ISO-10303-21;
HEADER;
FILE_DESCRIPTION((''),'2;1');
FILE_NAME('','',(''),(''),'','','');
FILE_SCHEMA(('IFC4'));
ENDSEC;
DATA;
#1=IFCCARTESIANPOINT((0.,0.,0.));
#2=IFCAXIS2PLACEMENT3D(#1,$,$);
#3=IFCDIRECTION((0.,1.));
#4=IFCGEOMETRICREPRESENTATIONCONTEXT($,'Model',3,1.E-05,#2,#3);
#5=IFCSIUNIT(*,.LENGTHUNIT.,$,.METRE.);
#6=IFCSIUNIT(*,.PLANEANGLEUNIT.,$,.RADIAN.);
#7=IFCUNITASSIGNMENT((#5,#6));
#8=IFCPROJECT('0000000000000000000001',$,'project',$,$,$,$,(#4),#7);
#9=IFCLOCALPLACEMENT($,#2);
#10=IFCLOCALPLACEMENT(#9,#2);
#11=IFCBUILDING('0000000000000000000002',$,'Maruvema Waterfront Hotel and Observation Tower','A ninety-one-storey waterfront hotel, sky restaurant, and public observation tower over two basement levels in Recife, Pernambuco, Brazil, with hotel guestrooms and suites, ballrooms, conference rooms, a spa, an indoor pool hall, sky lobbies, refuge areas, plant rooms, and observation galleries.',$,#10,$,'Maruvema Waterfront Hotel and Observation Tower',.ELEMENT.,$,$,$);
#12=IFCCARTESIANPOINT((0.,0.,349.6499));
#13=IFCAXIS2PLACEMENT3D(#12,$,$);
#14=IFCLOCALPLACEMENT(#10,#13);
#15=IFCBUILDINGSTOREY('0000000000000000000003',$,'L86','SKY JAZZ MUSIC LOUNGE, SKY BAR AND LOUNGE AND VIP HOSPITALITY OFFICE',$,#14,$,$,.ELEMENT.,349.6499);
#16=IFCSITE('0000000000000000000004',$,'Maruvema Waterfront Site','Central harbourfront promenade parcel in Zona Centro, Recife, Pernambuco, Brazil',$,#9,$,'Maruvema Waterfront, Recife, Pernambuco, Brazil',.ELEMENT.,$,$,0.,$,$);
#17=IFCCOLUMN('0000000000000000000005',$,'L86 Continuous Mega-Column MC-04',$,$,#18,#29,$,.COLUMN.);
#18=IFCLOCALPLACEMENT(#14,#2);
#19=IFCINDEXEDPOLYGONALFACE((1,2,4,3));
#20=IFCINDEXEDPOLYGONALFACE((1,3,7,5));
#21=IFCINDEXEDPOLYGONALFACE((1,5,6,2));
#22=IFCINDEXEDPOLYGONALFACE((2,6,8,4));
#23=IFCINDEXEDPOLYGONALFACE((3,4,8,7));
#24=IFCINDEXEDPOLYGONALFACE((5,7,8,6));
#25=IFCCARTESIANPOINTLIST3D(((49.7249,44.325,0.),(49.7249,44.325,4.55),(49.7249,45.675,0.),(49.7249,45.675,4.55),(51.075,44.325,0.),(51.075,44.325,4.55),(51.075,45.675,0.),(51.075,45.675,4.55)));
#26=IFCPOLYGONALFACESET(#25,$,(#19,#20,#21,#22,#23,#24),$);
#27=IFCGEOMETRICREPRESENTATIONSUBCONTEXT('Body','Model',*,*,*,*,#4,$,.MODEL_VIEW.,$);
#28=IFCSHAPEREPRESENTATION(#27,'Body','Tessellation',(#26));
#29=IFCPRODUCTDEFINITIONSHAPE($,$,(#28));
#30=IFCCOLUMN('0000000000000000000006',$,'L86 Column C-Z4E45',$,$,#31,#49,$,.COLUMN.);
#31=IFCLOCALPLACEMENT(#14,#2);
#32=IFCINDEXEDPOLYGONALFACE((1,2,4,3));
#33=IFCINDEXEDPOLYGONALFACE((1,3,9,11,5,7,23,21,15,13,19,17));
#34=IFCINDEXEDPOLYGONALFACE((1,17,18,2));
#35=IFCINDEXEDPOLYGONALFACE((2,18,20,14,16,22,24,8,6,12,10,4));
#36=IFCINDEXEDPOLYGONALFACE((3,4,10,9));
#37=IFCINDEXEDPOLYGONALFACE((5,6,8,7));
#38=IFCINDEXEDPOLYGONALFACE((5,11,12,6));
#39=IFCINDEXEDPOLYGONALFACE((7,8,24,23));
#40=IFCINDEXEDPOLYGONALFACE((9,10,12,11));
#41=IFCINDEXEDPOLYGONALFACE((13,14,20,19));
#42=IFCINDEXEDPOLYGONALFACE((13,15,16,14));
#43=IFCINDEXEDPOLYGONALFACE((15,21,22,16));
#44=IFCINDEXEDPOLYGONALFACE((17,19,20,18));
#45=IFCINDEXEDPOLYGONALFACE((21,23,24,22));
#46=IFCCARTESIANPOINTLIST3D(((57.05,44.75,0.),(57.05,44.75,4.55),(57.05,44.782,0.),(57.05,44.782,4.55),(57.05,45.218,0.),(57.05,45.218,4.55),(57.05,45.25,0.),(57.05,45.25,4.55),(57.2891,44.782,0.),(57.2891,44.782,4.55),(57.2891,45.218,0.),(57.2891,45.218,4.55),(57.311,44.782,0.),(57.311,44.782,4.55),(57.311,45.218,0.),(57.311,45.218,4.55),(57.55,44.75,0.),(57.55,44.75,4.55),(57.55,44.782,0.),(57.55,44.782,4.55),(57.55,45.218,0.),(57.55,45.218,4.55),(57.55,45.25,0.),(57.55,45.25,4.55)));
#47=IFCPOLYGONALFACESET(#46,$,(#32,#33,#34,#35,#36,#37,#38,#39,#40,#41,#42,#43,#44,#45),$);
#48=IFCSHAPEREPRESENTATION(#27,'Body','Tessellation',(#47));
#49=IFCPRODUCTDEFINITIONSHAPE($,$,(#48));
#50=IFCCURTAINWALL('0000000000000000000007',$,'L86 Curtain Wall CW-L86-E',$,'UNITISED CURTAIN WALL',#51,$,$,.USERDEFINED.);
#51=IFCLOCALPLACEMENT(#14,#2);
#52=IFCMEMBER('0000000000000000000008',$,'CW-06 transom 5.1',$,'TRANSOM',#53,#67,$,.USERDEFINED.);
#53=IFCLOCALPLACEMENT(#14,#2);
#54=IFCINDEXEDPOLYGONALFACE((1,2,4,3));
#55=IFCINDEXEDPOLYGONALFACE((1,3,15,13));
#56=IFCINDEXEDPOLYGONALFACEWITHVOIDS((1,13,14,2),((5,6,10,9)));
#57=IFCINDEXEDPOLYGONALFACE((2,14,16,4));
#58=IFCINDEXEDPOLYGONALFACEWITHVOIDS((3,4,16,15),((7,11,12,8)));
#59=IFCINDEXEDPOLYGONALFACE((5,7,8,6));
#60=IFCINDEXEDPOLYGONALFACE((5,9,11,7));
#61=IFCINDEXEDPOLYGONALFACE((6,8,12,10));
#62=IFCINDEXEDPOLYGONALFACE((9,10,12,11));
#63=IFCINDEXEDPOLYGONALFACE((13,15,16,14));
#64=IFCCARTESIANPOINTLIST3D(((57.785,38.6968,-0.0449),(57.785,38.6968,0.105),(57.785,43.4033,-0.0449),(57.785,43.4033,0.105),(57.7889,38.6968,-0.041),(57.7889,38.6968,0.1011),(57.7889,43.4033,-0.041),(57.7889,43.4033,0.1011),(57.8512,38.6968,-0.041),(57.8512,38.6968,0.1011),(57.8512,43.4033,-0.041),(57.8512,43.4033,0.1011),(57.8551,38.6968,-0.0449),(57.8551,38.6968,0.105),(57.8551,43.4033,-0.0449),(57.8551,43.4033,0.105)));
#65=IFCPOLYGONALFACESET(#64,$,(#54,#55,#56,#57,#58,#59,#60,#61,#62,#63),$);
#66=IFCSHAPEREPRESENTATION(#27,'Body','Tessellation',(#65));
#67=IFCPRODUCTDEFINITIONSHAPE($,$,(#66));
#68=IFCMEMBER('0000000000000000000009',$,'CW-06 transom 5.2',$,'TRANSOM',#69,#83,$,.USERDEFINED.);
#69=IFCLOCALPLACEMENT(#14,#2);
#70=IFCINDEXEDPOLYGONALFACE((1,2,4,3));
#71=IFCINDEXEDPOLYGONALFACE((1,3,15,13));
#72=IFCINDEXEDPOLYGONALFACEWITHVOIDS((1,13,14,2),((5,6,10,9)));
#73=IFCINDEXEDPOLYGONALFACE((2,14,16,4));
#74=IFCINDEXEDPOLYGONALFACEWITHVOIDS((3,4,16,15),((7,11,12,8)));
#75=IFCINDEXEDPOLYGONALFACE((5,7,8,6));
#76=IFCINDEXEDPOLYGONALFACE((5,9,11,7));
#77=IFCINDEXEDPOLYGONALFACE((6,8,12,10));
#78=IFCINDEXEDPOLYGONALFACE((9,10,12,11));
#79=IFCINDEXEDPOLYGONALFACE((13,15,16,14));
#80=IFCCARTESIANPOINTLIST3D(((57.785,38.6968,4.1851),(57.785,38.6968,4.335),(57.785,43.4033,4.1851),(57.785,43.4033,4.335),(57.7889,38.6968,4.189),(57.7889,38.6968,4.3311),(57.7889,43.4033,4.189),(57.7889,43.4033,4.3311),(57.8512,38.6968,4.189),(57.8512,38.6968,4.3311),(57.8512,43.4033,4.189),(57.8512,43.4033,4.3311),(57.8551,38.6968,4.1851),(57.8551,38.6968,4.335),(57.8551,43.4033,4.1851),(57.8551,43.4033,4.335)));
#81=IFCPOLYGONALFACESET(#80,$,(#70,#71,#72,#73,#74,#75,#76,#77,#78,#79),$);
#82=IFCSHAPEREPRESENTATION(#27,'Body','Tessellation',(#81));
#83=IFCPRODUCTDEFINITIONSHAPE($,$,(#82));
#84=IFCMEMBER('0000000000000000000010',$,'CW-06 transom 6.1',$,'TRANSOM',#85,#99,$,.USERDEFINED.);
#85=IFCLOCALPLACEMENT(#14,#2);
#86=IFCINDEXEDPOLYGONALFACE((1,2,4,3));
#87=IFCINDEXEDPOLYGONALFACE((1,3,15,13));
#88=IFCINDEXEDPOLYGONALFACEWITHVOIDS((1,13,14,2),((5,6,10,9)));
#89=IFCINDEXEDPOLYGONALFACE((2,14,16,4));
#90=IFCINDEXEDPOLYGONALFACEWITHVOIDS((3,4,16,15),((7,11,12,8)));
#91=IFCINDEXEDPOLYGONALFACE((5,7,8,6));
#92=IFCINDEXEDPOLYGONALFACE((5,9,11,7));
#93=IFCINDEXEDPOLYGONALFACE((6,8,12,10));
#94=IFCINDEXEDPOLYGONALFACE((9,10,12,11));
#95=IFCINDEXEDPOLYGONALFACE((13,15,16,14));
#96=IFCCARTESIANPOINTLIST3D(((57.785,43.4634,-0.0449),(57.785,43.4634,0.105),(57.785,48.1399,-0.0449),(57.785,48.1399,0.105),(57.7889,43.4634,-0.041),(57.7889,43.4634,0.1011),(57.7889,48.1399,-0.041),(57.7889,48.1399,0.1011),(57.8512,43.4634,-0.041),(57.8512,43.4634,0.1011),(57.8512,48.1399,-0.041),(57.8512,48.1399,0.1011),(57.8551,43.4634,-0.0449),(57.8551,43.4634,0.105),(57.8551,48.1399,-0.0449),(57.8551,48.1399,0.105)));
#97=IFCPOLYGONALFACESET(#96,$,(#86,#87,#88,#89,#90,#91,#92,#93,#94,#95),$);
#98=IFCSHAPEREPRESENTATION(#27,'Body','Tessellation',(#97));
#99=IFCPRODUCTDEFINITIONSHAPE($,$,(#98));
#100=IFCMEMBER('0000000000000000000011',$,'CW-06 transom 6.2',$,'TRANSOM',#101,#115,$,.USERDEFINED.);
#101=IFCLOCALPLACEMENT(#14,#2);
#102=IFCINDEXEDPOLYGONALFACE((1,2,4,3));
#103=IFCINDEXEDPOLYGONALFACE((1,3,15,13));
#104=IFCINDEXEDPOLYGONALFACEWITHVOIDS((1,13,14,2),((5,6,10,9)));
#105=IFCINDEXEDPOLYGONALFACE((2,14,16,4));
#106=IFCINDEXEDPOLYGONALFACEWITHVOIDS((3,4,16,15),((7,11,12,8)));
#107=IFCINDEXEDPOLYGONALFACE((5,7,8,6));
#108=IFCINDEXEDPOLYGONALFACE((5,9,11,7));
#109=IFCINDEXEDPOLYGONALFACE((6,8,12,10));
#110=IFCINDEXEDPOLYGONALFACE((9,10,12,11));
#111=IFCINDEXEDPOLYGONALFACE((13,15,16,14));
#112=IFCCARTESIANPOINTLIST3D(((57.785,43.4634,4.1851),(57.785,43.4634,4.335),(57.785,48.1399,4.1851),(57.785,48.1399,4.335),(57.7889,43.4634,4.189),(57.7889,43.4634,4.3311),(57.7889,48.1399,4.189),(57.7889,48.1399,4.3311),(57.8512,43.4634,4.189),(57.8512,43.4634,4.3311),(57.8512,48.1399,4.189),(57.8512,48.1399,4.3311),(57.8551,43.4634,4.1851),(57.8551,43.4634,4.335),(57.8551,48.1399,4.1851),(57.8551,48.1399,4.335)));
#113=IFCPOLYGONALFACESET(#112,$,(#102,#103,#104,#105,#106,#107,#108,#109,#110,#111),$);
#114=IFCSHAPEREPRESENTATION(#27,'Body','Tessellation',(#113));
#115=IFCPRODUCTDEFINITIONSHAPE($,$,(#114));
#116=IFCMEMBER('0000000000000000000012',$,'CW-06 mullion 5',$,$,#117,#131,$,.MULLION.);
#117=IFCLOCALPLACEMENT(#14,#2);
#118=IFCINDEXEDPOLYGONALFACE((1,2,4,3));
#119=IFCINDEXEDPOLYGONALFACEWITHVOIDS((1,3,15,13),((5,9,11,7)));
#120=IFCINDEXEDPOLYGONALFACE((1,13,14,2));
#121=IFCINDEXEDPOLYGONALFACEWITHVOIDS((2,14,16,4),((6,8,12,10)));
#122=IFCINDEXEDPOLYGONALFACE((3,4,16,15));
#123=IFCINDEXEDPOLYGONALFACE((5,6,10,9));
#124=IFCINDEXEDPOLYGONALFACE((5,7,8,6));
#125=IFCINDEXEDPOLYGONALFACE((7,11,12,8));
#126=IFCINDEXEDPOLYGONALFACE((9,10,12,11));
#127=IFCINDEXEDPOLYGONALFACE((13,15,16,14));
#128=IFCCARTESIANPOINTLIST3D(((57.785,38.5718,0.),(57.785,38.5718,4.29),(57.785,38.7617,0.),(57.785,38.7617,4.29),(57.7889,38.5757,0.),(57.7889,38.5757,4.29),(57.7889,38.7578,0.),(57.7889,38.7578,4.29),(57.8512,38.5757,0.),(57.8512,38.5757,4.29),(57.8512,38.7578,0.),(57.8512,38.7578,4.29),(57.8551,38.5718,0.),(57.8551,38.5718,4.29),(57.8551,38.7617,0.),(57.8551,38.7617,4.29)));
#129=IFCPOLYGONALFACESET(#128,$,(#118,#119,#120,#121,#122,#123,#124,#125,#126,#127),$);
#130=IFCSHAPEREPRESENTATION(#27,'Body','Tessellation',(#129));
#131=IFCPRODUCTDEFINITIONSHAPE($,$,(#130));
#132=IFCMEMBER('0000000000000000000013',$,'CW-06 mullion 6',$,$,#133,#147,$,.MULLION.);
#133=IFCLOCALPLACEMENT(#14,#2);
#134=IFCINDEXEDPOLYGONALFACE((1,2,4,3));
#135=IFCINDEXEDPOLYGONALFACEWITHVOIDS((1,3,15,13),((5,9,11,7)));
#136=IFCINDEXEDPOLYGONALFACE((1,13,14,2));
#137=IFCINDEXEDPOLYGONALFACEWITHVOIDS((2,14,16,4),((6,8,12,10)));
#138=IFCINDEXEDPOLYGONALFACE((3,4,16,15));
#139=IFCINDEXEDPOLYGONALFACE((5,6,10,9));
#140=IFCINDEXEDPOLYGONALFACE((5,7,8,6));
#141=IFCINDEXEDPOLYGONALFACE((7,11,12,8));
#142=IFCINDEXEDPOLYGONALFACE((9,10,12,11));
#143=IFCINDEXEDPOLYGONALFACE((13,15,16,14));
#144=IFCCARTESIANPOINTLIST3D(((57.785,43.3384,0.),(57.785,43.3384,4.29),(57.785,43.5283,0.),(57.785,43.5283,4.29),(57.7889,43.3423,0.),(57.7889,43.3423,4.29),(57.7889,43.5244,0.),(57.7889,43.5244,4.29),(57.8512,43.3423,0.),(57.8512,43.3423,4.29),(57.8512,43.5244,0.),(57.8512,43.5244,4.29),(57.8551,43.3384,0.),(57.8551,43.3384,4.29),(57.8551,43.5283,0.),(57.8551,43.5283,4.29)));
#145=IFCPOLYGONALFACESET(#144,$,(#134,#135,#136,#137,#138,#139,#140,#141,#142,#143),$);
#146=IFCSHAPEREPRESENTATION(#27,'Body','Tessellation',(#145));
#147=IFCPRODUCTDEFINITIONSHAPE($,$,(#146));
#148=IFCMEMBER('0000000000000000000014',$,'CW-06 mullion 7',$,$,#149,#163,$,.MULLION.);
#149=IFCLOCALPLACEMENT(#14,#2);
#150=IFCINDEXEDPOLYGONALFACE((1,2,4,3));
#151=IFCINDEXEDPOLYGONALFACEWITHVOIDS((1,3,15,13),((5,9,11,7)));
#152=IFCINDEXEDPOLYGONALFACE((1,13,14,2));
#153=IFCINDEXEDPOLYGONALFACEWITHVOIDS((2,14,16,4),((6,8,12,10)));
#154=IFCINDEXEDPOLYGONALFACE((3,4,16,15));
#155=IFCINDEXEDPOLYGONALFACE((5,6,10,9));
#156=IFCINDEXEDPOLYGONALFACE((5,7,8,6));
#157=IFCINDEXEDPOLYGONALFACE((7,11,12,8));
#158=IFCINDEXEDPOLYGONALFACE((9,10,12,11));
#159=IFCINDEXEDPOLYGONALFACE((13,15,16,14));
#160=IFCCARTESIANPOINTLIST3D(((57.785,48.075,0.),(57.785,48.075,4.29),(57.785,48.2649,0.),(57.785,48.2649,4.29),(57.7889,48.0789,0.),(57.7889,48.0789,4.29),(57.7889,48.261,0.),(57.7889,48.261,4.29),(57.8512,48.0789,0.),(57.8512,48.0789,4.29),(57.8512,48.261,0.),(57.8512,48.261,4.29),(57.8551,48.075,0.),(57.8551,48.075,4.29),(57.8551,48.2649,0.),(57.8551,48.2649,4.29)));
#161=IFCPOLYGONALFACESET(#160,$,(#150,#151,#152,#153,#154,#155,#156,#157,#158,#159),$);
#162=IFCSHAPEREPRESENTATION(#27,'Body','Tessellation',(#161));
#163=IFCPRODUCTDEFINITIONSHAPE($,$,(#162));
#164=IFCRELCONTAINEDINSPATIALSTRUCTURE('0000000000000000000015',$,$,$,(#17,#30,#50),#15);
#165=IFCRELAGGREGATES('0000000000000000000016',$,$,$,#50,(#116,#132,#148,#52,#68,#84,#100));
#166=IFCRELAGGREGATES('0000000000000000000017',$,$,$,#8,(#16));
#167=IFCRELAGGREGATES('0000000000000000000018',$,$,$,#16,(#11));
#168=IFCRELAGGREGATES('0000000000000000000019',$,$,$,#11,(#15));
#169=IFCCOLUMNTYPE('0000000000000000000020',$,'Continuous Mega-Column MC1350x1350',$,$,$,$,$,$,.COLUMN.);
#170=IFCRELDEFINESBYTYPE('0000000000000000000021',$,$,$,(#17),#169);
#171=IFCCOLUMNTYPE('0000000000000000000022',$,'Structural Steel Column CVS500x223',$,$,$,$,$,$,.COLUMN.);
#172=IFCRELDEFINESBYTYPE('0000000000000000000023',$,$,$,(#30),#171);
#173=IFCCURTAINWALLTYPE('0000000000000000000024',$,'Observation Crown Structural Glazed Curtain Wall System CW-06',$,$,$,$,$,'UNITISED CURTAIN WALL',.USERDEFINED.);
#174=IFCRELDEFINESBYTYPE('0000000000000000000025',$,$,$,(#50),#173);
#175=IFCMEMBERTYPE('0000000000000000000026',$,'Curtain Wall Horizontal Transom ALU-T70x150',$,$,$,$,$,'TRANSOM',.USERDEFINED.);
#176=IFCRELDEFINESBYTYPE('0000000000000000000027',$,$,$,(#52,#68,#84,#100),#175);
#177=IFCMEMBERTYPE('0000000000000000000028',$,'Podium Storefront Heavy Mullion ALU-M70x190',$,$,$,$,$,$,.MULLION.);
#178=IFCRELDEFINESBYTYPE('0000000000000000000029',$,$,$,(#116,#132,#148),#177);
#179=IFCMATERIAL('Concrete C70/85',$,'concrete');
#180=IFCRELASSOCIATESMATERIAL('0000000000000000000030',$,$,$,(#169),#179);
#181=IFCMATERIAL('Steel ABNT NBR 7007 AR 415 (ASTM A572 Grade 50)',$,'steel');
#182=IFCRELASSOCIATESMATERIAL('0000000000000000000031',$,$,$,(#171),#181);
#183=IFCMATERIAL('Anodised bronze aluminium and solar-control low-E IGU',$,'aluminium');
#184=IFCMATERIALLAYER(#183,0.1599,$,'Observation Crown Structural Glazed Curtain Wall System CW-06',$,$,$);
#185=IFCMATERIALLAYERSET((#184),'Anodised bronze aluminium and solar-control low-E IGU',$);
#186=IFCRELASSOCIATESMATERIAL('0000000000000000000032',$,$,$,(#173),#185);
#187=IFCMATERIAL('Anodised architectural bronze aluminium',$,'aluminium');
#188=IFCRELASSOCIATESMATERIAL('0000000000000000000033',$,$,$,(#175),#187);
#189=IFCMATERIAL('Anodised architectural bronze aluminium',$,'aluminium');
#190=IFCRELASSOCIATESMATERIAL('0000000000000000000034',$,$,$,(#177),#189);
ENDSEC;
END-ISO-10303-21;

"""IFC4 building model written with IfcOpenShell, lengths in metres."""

from ifc_helpers import new_model, si_unit, direction, frame, origin, origin_2d, place, context, subcontext, project, spatial, rectangle, hollow_rectangle, i_section, extrude, material, layer, layer_set, material_profile, profile_set, type_object, element, aggregate, save


model = new_model("IFC4")

# Units and contexts
model_context = context("Model", 3, precision=1e-05, world=origin(), true_north=direction((0.0, 1.0)))
body_context = subcontext(model_context, "Body", "Model", "MODEL_VIEW")
ifc_project = project(units=[si_unit("LENGTHUNIT", "METRE"), si_unit("PLANEANGLEUNIT", "RADIAN")], contexts=[model_context])

# Site, building, storey
site_placement = place(None, origin())
site = spatial("IfcSite", under=ifc_project, at=site_placement, Name="Maruvema Waterfront Site", Description="Central harbourfront promenade parcel in Zona Centro, Recife, Pernambuco, Brazil", LongName="Maruvema Waterfront, Recife, Pernambuco, Brazil", CompositionType="ELEMENT", RefElevation=0.0)
building_placement = place(site_placement, origin())
building = spatial("IfcBuilding", under=site, at=building_placement, Name="Maruvema Waterfront Hotel and Observation Tower", Description="A ninety-one-storey waterfront hotel, sky restaurant, and public observation tower over two basement levels in Recife, Pernambuco, Brazil, with hotel guestrooms and suites, ballrooms, conference rooms, a spa, an indoor pool hall, sky lobbies, refuge areas, plant rooms, and observation galleries.", LongName="Maruvema Waterfront Hotel and Observation Tower", CompositionType="ELEMENT")
storey_placement = place(building_placement, frame((0.0, 0.0, 349.6499)))
storey = spatial("IfcBuildingStorey", under=building, at=storey_placement, Name="L86", Description="SKY JAZZ MUSIC LOUNGE, SKY BAR AND LOUNGE AND VIP HOSPITALITY OFFICE", CompositionType="ELEMENT", Elevation=349.6499)

# Columns
ifc_material_1 = material(Name="Concrete C70/85", Category="concrete")
ifc_material_profile_1 = material_profile(ifc_material_1, rectangle(XDim=1.3501, YDim=1.3501, at=origin_2d()), Name="MC1350x1350")
ifc_profile_set_1 = profile_set([ifc_material_profile_1], Name="Concrete C70/85")
column_type_1 = type_object("IfcColumnType", Name="Continuous Mega-Column MC1350x1350", PredefinedType="COLUMN", material=ifc_profile_set_1)
column_1_placement = place(storey_placement, frame((50.3999, 45.0, 0.0), z_axis=(0.0, 0.0, 1.0), x_axis=(1.0, 0.0, 0.0)))
element("IfcColumn", 1, at=column_1_placement, inside=storey, type_object=column_type_1, Name="L86 Continuous Mega-Column MC-04", PredefinedType="COLUMN", context=body_context, shape_type="SweptSolid", body=[
    extrude(rectangle(XDim=1.3501, YDim=1.3501, at=origin_2d()), origin(), (0.0, 0.0, 1.0), 4.55),
])
ifc_material_2 = material(Name="Steel ABNT NBR 7007 AR 415 (ASTM A572 Grade 50)", Category="steel")
ifc_material_profile_2 = material_profile(ifc_material_2, i_section(OverallWidth=0.5, OverallDepth=0.5, WebThickness=0.022, FlangeThickness=0.032, at=origin_2d()), Name="CVS500x223")
ifc_profile_set_2 = profile_set([ifc_material_profile_2], Name="Steel ABNT NBR 7007 AR 415 (ASTM A572 Grade 50)")
column_type_2 = type_object("IfcColumnType", Name="Structural Steel Column CVS500x223", PredefinedType="COLUMN", material=ifc_profile_set_2)
column_2_placement = place(storey_placement, frame((57.3, 45.0, 0.0), z_axis=(0.0, 0.0, 1.0), x_axis=(1.0, 0.0, 0.0)))
element("IfcColumn", 2, at=column_2_placement, inside=storey, type_object=column_type_2, Name="L86 Column C-Z4E45", PredefinedType="COLUMN", context=body_context, shape_type="SweptSolid", body=[
    extrude(i_section(OverallWidth=0.5, OverallDepth=0.5, WebThickness=0.022, FlangeThickness=0.032, at=origin_2d()), origin(), (0.0, 0.0, 1.0), 4.55),
])

# Curtain wall, members
ifc_material_3 = material(Name="Anodised bronze aluminium and solar-control low-E IGU", Category="aluminium")
ifc_layer_1 = layer(ifc_material_3, 0.1599, Name="Observation Crown Structural Glazed Curtain Wall System CW-06")
ifc_layer_set_1 = layer_set([ifc_layer_1], Name="Anodised bronze aluminium and solar-control low-E IGU")
curtain_wall_type = type_object("IfcCurtainWallType", Name="Observation Crown Structural Glazed Curtain Wall System CW-06", ElementType="UNITISED CURTAIN WALL", PredefinedType="USERDEFINED", material=ifc_layer_set_1)
curtain_wall_placement = place(storey_placement, origin())
curtain_wall = element("IfcCurtainWall", 3, at=curtain_wall_placement, inside=storey, type_object=curtain_wall_type, Name="L86 Curtain Wall CW-L86-E", ObjectType="UNITISED CURTAIN WALL", PredefinedType="USERDEFINED")
ifc_material_4 = material(Name="Anodised architectural bronze aluminium", Category="aluminium")
ifc_material_profile_3 = material_profile(ifc_material_4, hollow_rectangle(XDim=0.0701, YDim=0.1499, WallThickness=0.0039, at=origin_2d()), Name="ALU-T70x150")
ifc_profile_set_3 = profile_set([ifc_material_profile_3], Name="Anodised architectural bronze aluminium")
member_type_1 = type_object("IfcMemberType", Name="Curtain Wall Horizontal Transom ALU-T70x150", ElementType="TRANSOM", PredefinedType="USERDEFINED", material=ifc_profile_set_3)
member_1_placement = place(storey_placement, frame((57.8201, 38.6968, 0.03), z_axis=(0.0, 1.0, 0.0), x_axis=(-1.0, 0.0, 0.0)))
member_1 = element("IfcMember", 4, at=member_1_placement, type_object=member_type_1, Name="CW-06 transom 5.1", ObjectType="TRANSOM", PredefinedType="USERDEFINED", context=body_context, shape_type="SweptSolid", body=[
    extrude(hollow_rectangle(XDim=0.0701, YDim=0.1499, WallThickness=0.0039, at=origin_2d()), origin(), (0.0, 0.0, 1.0), 4.7065),
])
member_2_placement = place(storey_placement, frame((57.8201, 38.6968, 4.26), z_axis=(0.0, 1.0, 0.0), x_axis=(-1.0, 0.0, 0.0)))
member_2 = element("IfcMember", 5, at=member_2_placement, type_object=member_type_1, Name="CW-06 transom 5.2", ObjectType="TRANSOM", PredefinedType="USERDEFINED", context=body_context, shape_type="SweptSolid", body=[
    extrude(hollow_rectangle(XDim=0.0701, YDim=0.1499, WallThickness=0.0039, at=origin_2d()), origin(), (0.0, 0.0, 1.0), 4.7065),
])
member_3_placement = place(storey_placement, frame((57.8201, 43.4634, 0.03), z_axis=(0.0, 1.0, 0.0), x_axis=(-1.0, 0.0, 0.0)))
member_3 = element("IfcMember", 6, at=member_3_placement, type_object=member_type_1, Name="CW-06 transom 6.1", ObjectType="TRANSOM", PredefinedType="USERDEFINED", context=body_context, shape_type="SweptSolid", body=[
    extrude(hollow_rectangle(XDim=0.0701, YDim=0.1499, WallThickness=0.0039, at=origin_2d()), origin(), (0.0, 0.0, 1.0), 4.6765),
])
member_4_placement = place(storey_placement, frame((57.8201, 43.4634, 4.26), z_axis=(0.0, 1.0, 0.0), x_axis=(-1.0, 0.0, 0.0)))
member_4 = element("IfcMember", 7, at=member_4_placement, type_object=member_type_1, Name="CW-06 transom 6.2", ObjectType="TRANSOM", PredefinedType="USERDEFINED", context=body_context, shape_type="SweptSolid", body=[
    extrude(hollow_rectangle(XDim=0.0701, YDim=0.1499, WallThickness=0.0039, at=origin_2d()), origin(), (0.0, 0.0, 1.0), 4.6765),
])
ifc_material_5 = material(Name="Anodised architectural bronze aluminium", Category="aluminium")
ifc_material_profile_4 = material_profile(ifc_material_5, hollow_rectangle(XDim=0.0701, YDim=0.1899, WallThickness=0.0039, at=origin_2d()), Name="ALU-M70x190")
ifc_profile_set_4 = profile_set([ifc_material_profile_4], Name="Anodised architectural bronze aluminium")
member_type_2 = type_object("IfcMemberType", Name="Podium Storefront Heavy Mullion ALU-M70x190", PredefinedType="MULLION", material=ifc_profile_set_4)
member_5_placement = place(storey_placement, frame((57.8201, 38.6667, 0.0), z_axis=(0.0, 0.0, 1.0), x_axis=(-1.0, 0.0, 0.0)))
member_5 = element("IfcMember", 8, at=member_5_placement, type_object=member_type_2, Name="CW-06 mullion 5", PredefinedType="MULLION", context=body_context, shape_type="SweptSolid", body=[
    extrude(hollow_rectangle(XDim=0.0701, YDim=0.1899, WallThickness=0.0039, at=origin_2d()), origin(), (0.0, 0.0, 1.0), 4.29),
])
member_6_placement = place(storey_placement, frame((57.8201, 43.4333, 0.0), z_axis=(0.0, 0.0, 1.0), x_axis=(-1.0, 0.0, 0.0)))
member_6 = element("IfcMember", 9, at=member_6_placement, type_object=member_type_2, Name="CW-06 mullion 6", PredefinedType="MULLION", context=body_context, shape_type="SweptSolid", body=[
    extrude(hollow_rectangle(XDim=0.0701, YDim=0.1899, WallThickness=0.0039, at=origin_2d()), origin(), (0.0, 0.0, 1.0), 4.29),
])
member_7_placement = place(storey_placement, frame((57.8201, 48.1699, 0.0), z_axis=(0.0, 0.0, 1.0), x_axis=(-1.0, 0.0, 0.0)))
member_7 = element("IfcMember", 10, at=member_7_placement, type_object=member_type_2, Name="CW-06 mullion 7", PredefinedType="MULLION", context=body_context, shape_type="SweptSolid", body=[
    extrude(hollow_rectangle(XDim=0.0701, YDim=0.1899, WallThickness=0.0039, at=origin_2d()), origin(), (0.0, 0.0, 1.0), 4.29),
])

aggregate(curtain_wall, [member_5, member_6, member_7, member_1, member_2, member_3, member_4])

save(model, "model.ifc")
